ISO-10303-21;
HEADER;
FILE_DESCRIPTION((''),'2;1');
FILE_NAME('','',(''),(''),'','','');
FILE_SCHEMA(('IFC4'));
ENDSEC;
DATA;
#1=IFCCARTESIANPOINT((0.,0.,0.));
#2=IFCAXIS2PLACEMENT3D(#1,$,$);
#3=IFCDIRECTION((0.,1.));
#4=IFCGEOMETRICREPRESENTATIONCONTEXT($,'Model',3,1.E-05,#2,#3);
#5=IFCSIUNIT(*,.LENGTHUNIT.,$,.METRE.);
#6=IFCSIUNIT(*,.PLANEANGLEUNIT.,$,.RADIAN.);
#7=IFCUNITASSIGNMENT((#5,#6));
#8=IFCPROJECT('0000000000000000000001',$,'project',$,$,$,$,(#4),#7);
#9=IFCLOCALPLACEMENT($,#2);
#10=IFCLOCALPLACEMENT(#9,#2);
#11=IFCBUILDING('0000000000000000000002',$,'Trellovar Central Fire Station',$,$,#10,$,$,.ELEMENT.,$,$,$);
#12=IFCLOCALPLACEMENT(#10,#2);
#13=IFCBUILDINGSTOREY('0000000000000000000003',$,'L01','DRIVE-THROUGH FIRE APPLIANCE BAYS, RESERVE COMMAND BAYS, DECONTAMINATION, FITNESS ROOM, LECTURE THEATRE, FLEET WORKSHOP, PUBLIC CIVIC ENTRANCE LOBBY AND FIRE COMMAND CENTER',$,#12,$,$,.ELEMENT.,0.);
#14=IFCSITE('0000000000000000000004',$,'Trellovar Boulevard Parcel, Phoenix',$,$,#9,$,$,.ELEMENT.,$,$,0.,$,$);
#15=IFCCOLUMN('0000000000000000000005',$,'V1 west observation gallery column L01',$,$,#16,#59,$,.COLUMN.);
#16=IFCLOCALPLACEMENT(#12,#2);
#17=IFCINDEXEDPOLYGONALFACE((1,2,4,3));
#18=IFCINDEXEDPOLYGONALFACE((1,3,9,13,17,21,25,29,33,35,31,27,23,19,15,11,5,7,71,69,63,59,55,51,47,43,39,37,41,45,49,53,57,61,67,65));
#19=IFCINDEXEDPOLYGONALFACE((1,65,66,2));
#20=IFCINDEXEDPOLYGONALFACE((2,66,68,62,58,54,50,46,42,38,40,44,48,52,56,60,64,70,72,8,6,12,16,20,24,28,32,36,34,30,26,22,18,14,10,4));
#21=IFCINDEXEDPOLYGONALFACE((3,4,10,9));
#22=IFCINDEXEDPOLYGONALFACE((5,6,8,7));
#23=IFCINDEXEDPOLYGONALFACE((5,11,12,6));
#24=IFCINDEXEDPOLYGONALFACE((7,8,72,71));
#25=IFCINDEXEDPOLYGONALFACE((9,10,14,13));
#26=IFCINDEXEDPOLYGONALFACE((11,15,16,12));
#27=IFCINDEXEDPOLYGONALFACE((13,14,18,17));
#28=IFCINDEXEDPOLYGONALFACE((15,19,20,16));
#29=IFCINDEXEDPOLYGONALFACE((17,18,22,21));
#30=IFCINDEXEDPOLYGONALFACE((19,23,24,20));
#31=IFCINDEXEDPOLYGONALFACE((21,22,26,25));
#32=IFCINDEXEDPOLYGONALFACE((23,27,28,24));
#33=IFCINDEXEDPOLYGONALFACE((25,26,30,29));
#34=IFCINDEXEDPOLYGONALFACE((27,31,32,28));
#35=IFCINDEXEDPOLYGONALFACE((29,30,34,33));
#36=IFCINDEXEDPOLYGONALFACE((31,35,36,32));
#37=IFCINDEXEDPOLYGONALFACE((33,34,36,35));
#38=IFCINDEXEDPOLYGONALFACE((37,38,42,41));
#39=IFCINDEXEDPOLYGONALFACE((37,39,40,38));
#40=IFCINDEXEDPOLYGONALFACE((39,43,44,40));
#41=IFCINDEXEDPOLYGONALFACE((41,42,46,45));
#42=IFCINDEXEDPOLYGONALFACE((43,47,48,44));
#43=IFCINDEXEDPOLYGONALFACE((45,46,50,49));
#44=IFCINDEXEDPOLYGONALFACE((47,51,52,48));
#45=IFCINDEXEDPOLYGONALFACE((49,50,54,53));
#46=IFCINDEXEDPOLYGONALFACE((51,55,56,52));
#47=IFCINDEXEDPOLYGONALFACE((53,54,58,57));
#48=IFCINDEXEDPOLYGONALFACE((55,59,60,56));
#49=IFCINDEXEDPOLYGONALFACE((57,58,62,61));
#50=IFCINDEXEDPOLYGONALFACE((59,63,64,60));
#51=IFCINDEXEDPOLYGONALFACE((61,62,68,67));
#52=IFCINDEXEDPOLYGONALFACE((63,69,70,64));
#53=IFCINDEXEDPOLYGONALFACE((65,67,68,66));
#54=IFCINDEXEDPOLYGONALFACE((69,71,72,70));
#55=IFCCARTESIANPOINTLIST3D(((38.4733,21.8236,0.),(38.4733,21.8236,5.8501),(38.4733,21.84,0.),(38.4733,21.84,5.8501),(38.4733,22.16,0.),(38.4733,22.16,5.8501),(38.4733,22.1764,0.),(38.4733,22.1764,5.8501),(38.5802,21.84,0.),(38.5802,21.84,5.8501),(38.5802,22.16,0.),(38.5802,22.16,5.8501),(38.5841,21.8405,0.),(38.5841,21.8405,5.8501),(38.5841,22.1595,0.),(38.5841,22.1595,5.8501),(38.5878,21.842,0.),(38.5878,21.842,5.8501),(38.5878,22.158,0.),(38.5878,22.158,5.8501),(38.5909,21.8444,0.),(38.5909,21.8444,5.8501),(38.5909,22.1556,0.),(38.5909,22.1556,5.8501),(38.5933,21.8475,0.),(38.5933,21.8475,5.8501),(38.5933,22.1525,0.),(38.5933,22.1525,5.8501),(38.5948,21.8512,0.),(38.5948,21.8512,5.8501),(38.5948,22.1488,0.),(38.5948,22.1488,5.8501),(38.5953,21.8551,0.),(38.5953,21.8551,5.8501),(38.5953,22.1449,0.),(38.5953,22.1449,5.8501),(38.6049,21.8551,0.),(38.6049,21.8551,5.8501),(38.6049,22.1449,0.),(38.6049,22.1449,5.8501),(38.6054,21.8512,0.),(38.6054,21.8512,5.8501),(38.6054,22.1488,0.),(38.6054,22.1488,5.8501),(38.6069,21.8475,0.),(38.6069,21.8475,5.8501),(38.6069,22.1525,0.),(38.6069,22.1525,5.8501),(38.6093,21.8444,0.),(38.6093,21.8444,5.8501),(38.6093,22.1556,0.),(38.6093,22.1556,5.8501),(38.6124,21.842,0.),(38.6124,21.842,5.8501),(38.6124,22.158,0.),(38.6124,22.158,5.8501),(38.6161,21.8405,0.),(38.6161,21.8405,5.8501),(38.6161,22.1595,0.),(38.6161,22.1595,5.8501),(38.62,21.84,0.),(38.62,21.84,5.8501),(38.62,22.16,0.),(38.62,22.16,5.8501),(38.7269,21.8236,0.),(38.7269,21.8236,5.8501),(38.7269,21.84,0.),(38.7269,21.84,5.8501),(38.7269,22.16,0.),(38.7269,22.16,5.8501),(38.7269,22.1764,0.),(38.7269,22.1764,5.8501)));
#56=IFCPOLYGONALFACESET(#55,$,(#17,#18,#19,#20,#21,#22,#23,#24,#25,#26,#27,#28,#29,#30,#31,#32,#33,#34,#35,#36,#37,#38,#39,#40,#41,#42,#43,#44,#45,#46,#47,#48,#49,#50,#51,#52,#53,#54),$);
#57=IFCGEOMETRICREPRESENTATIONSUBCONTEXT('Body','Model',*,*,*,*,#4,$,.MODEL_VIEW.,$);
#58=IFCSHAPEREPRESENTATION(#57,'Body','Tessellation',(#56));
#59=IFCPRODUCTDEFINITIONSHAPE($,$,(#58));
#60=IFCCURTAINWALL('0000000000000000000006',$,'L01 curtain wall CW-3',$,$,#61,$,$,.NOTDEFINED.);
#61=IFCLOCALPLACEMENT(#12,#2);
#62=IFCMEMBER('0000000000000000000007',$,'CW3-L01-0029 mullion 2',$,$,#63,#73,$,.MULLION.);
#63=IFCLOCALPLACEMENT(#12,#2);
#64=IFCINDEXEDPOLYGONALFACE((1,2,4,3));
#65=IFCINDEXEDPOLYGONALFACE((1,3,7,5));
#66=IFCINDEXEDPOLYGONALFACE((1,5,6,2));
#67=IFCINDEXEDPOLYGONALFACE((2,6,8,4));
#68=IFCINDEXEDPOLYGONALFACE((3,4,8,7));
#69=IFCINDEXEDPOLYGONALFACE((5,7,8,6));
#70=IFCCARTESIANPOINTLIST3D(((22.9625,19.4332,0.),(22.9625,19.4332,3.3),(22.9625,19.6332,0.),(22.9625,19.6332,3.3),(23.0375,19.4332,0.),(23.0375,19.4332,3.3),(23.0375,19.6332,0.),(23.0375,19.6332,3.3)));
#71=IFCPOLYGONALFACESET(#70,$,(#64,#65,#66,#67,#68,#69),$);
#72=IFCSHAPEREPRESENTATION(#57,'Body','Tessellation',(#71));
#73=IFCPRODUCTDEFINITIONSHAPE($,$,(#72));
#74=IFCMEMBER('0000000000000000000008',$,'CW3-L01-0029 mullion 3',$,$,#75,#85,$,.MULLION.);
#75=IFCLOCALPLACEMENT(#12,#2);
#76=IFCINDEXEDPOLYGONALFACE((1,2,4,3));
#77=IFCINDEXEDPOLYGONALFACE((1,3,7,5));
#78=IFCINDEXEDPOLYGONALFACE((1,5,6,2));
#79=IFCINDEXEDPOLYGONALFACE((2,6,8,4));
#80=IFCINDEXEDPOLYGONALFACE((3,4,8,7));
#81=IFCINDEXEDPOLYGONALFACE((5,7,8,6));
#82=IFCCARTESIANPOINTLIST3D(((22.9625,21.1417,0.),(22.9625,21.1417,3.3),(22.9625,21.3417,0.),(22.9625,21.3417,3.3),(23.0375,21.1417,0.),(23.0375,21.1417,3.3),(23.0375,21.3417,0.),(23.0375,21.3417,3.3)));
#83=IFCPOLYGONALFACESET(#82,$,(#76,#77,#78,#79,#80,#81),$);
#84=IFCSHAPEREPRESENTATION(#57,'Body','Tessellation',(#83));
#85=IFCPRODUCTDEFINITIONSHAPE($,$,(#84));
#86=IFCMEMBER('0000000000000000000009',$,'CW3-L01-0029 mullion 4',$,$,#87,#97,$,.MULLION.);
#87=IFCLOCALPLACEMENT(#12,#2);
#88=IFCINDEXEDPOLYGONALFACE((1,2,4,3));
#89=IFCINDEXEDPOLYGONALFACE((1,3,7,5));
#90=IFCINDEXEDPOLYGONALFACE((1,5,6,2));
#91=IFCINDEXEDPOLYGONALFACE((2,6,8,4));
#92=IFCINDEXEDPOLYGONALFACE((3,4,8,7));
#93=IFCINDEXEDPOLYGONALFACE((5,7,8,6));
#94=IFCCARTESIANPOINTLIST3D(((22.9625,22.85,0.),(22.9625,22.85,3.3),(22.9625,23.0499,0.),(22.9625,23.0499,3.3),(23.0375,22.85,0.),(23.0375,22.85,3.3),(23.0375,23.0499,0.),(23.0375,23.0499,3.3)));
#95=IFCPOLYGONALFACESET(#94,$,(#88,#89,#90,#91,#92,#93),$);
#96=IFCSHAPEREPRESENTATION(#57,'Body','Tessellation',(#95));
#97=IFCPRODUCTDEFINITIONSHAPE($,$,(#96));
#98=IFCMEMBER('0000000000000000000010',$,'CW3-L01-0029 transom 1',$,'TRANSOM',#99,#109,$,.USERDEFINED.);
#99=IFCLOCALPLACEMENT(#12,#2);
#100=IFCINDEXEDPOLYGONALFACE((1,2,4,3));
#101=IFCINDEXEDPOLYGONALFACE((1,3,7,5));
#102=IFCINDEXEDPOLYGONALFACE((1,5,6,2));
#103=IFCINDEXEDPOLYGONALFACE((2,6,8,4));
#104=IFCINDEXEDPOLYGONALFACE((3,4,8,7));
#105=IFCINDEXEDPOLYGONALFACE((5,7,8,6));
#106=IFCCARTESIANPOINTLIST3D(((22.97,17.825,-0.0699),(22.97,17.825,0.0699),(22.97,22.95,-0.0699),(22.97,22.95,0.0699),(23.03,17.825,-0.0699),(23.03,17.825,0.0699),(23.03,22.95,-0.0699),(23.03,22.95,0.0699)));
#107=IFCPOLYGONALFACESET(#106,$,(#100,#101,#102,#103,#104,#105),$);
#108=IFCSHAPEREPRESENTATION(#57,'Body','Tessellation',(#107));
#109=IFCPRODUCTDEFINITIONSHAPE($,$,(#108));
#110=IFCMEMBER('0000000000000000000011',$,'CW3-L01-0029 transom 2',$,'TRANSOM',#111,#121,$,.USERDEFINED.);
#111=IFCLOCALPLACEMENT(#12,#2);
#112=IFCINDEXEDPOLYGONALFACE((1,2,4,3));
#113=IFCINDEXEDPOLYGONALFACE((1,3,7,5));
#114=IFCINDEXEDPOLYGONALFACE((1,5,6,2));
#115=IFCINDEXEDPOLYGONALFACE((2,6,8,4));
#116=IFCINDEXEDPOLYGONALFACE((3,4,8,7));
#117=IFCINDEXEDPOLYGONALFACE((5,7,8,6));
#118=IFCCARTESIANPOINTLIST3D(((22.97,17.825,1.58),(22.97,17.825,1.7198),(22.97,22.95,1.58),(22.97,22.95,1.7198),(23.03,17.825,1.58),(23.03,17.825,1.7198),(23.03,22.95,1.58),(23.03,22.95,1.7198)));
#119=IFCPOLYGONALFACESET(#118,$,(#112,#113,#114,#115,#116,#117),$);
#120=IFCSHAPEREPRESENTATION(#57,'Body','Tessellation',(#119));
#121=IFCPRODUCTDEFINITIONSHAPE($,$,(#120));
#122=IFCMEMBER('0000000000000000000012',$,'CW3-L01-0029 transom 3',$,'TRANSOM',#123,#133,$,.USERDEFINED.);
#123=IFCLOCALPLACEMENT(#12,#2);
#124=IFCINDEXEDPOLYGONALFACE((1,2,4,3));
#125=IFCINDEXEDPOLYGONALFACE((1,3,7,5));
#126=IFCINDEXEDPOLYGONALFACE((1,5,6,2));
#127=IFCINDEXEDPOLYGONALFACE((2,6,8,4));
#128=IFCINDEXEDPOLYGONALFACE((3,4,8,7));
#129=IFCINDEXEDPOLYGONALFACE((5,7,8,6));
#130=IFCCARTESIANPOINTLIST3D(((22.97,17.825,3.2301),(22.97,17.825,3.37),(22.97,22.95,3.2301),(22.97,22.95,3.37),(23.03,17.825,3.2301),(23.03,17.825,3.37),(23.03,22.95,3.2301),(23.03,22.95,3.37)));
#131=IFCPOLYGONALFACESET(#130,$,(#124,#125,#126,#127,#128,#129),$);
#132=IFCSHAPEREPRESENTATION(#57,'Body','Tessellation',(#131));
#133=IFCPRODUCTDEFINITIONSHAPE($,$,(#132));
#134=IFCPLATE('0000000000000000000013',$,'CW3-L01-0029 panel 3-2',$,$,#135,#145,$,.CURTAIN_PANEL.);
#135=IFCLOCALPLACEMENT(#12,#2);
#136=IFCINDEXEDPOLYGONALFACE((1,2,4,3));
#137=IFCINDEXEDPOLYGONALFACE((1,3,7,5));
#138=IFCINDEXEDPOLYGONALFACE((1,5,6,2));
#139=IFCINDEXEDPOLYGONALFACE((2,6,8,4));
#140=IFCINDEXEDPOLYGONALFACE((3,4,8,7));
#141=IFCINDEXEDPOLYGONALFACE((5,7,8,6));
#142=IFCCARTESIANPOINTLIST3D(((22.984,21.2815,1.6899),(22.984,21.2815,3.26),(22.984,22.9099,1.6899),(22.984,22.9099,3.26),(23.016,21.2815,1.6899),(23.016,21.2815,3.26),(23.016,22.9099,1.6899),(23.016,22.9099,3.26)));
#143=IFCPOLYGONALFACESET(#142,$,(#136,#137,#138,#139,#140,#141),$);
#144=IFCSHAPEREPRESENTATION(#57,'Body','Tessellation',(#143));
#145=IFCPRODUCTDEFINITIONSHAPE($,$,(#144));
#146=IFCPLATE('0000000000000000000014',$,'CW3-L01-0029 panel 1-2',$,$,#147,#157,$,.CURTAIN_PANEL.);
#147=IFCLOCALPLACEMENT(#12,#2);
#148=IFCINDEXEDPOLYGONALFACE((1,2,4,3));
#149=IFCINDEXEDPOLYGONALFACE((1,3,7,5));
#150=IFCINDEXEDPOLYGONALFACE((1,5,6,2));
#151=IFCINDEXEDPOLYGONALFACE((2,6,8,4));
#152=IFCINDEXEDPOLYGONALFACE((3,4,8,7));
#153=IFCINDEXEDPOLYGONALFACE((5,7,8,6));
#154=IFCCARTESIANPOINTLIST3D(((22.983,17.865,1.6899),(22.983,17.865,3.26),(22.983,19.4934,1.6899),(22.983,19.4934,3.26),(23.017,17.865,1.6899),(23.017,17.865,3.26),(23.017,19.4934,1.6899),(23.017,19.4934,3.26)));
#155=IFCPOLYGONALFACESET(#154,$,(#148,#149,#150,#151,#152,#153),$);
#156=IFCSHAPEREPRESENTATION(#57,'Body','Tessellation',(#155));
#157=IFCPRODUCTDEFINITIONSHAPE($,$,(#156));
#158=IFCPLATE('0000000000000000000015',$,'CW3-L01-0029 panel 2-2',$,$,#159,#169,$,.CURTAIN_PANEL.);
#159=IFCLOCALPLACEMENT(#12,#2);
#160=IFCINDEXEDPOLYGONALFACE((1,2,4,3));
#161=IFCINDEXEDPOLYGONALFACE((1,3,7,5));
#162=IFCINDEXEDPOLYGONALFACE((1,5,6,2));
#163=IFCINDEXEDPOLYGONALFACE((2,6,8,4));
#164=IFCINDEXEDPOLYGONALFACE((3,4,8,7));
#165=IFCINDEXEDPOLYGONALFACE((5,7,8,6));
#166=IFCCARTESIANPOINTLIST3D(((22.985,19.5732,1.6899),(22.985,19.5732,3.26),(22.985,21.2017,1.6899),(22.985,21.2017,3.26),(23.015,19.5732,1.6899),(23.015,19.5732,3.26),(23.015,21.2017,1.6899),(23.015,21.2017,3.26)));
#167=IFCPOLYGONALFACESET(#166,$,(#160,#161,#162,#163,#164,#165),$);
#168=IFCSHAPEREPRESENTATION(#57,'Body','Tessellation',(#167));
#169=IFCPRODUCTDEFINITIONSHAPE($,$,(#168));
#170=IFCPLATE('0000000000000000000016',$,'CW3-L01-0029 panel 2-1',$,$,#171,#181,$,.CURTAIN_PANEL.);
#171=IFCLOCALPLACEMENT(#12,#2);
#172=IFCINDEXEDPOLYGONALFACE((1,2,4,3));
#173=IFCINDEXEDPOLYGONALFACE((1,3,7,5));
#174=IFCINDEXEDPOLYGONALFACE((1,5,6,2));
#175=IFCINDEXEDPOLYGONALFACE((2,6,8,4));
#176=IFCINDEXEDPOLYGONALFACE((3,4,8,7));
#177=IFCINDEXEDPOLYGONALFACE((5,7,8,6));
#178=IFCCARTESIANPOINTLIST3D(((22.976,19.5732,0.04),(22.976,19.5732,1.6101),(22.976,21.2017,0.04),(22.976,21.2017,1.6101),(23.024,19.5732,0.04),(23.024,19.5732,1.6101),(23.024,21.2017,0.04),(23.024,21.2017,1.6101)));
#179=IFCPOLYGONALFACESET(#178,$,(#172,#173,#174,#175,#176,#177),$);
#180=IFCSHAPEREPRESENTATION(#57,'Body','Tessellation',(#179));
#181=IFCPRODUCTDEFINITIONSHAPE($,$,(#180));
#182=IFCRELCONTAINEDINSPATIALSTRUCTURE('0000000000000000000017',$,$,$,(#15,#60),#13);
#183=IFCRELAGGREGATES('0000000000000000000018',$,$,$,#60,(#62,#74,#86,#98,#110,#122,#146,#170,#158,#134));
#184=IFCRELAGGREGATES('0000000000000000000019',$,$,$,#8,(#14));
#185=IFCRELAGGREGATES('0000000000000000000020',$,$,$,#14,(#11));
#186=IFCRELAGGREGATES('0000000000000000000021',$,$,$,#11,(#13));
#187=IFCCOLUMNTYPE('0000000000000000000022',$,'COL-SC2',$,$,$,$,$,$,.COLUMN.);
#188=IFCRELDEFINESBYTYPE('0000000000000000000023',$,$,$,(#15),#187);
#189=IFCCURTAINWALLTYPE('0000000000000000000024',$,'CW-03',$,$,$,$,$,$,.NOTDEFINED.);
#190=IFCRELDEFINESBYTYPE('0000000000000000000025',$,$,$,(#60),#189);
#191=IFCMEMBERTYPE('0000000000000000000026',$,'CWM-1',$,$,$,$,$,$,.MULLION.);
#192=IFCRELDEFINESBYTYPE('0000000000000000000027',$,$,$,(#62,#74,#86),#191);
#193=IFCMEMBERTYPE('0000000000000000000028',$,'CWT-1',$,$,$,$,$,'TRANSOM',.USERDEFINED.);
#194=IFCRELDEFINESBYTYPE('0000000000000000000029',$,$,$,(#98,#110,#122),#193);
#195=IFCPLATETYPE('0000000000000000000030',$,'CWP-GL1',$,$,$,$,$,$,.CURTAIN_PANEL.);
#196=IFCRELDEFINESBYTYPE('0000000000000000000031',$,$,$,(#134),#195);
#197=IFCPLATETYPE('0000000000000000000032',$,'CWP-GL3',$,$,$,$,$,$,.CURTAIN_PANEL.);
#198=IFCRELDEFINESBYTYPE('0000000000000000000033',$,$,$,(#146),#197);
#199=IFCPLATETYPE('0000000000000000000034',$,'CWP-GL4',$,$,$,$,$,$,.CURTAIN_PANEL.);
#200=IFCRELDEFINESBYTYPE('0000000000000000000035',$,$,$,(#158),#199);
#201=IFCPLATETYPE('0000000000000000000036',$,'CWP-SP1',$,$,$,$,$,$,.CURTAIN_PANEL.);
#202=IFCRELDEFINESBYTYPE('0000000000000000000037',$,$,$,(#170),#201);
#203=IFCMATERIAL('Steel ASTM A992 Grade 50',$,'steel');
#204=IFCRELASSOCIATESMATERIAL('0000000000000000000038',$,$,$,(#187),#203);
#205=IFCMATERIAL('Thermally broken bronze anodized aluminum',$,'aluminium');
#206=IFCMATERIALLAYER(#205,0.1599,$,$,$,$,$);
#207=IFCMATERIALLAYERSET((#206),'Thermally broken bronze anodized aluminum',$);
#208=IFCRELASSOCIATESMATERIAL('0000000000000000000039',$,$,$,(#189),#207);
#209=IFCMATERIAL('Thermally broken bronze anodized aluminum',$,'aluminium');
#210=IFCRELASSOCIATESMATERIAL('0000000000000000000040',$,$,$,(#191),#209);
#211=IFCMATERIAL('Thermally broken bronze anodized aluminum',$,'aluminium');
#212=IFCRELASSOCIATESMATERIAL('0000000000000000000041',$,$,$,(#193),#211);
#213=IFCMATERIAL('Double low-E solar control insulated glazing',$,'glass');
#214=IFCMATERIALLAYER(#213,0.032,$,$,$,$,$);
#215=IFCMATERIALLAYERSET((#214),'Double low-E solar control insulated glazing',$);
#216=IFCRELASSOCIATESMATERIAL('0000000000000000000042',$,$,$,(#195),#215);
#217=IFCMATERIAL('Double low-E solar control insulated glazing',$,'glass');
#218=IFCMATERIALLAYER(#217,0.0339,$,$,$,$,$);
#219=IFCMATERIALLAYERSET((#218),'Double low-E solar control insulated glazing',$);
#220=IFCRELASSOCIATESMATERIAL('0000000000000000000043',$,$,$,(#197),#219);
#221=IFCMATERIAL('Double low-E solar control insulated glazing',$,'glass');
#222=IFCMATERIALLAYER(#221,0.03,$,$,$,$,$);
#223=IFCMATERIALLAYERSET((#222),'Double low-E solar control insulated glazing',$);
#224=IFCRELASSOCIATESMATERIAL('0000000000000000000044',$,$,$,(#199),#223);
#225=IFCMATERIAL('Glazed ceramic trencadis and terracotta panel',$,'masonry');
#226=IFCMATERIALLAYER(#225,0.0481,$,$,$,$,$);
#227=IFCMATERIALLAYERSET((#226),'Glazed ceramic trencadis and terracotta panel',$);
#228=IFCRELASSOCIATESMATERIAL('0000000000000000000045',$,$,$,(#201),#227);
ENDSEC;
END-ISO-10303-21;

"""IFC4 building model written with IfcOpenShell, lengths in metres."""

from ifc_helpers import new_model, si_unit, direction, frame, origin, origin_2d, place, context, subcontext, project, spatial, rectangle, i_section, extrude, material, layer, layer_set, material_profile, profile_set, type_object, element, aggregate, save


model = new_model("IFC4")

# Units and contexts
model_context = context("Model", 3, precision=1e-05, world=origin(), true_north=direction((0.0, 1.0)))
body_context = subcontext(model_context, "Body", "Model", "MODEL_VIEW")
ifc_project = project(units=[si_unit("LENGTHUNIT", "METRE"), si_unit("PLANEANGLEUNIT", "RADIAN")], contexts=[model_context])

# Site, building, storey
site_placement = place(None, origin())
site = spatial("IfcSite", under=ifc_project, at=site_placement, Name="Trellovar Boulevard Parcel, Phoenix", CompositionType="ELEMENT", RefElevation=0.0)
building_placement = place(site_placement, origin())
building = spatial("IfcBuilding", under=site, at=building_placement, Name="Trellovar Central Fire Station", CompositionType="ELEMENT")
storey_placement = place(building_placement, origin())
storey = spatial("IfcBuildingStorey", under=building, at=storey_placement, Name="L01", Description="DRIVE-THROUGH FIRE APPLIANCE BAYS, RESERVE COMMAND BAYS, DECONTAMINATION, FITNESS ROOM, LECTURE THEATRE, FLEET WORKSHOP, PUBLIC CIVIC ENTRANCE LOBBY AND FIRE COMMAND CENTER", CompositionType="ELEMENT", Elevation=0.0)

# Column
ifc_material_1 = material(Name="Steel ASTM A992 Grade 50", Category="steel")
ifc_material_profile_1 = material_profile(ifc_material_1, i_section(OverallWidth=0.2537, OverallDepth=0.3528, WebThickness=0.0095, FlangeThickness=0.0164, FilletRadius=0.0151, at=origin_2d()), Name="W14X61")
ifc_profile_set_1 = profile_set([ifc_material_profile_1], Name="Steel ASTM A992 Grade 50")
column_type_1 = type_object("IfcColumnType", Name="COL-SC2", PredefinedType="COLUMN", material=ifc_profile_set_1)
column_1_placement = place(storey_placement, frame((38.6001, 22.0, 0.0), z_axis=(0.0, 0.0, 1.0), x_axis=(1.0, 0.0, 0.0)))
element("IfcColumn", 1, at=column_1_placement, inside=storey, type_object=column_type_1, Name="V1 west observation gallery column L01", PredefinedType="COLUMN", context=body_context, shape_type="SweptSolid", body=[
    extrude(i_section(OverallWidth=0.2537, OverallDepth=0.3528, WebThickness=0.0095, FlangeThickness=0.0164, FilletRadius=0.0151, at=origin_2d()), origin(), (0.0, 0.0, 1.0), 5.8501),
])

# Curtain wall, members, plates
ifc_material_2 = material(Name="Thermally broken bronze anodized aluminum", Category="aluminium")
ifc_layer_1 = layer(ifc_material_2, 0.1599)
ifc_layer_set_1 = layer_set([ifc_layer_1], Name="Thermally broken bronze anodized aluminum")
curtain_wall_type = type_object("IfcCurtainWallType", Name="CW-03", PredefinedType="NOTDEFINED", material=ifc_layer_set_1)
curtain_wall_placement = place(storey_placement, origin())
curtain_wall = element("IfcCurtainWall", 2, at=curtain_wall_placement, inside=storey, type_object=curtain_wall_type, Name="L01 curtain wall CW-3", PredefinedType="NOTDEFINED")
ifc_material_3 = material(Name="Thermally broken bronze anodized aluminum", Category="aluminium")
ifc_material_profile_2 = material_profile(ifc_material_3, rectangle(XDim=0.075, YDim=0.2, at=origin_2d()), Name="ALU75X200")
ifc_profile_set_2 = profile_set([ifc_material_profile_2], Name="Thermally broken bronze anodized aluminum")
member_type_1 = type_object("IfcMemberType", Name="CWM-1", PredefinedType="MULLION", material=ifc_profile_set_2)
member_1_placement = place(storey_placement, frame((23.0, 19.5332, 0.0), z_axis=(0.0, 0.0, 1.0), x_axis=(1.0, 0.0, 0.0)))
member_1 = element("IfcMember", 3, at=member_1_placement, type_object=member_type_1, Name="CW3-L01-0029 mullion 2", PredefinedType="MULLION", context=body_context, shape_type="SweptSolid", body=[
    extrude(rectangle(XDim=0.075, YDim=0.2, at=origin_2d()), origin(), (0.0, 0.0, 1.0), 3.3),
])
member_2_placement = place(storey_placement, frame((23.0, 21.2417, 0.0), z_axis=(0.0, 0.0, 1.0), x_axis=(1.0, 0.0, 0.0)))
member_2 = element("IfcMember", 4, at=member_2_placement, type_object=member_type_1, Name="CW3-L01-0029 mullion 3", PredefinedType="MULLION", context=body_context, shape_type="SweptSolid", body=[
    extrude(rectangle(XDim=0.075, YDim=0.2, at=origin_2d()), origin(), (0.0, 0.0, 1.0), 3.3),
])
member_3_placement = place(storey_placement, frame((23.0, 22.95, 0.0), z_axis=(0.0, 0.0, 1.0), x_axis=(1.0, 0.0, 0.0)))
member_3 = element("IfcMember", 5, at=member_3_placement, type_object=member_type_1, Name="CW3-L01-0029 mullion 4", PredefinedType="MULLION", context=body_context, shape_type="SweptSolid", body=[
    extrude(rectangle(XDim=0.075, YDim=0.2, at=origin_2d()), origin(), (0.0, 0.0, 1.0), 3.3),
])
ifc_material_4 = material(Name="Thermally broken bronze anodized aluminum", Category="aluminium")
ifc_material_profile_3 = material_profile(ifc_material_4, rectangle(XDim=0.0601, YDim=0.1399, at=origin_2d()), Name="ALU60X140")
ifc_profile_set_3 = profile_set([ifc_material_profile_3], Name="Thermally broken bronze anodized aluminum")
member_type_2 = type_object("IfcMemberType", Name="CWT-1", ElementType="TRANSOM", PredefinedType="USERDEFINED", material=ifc_profile_set_3)
member_4_placement = place(storey_placement, frame((23.0, 17.825, 0.0), z_axis=(0.0, 1.0, 0.0), x_axis=(-1.0, 0.0, 0.0)))
member_4 = element("IfcMember", 6, at=member_4_placement, type_object=member_type_2, Name="CW3-L01-0029 transom 1", ObjectType="TRANSOM", PredefinedType="USERDEFINED", context=body_context, shape_type="SweptSolid", body=[
    extrude(rectangle(XDim=0.0601, YDim=0.1399, at=origin_2d()), origin(), (0.0, 0.0, 1.0), 5.125),
])
member_5_placement = place(storey_placement, frame((23.0, 17.825, 1.6499), z_axis=(0.0, 1.0, 0.0), x_axis=(-1.0, 0.0, 0.0)))
member_5 = element("IfcMember", 7, at=member_5_placement, type_object=member_type_2, Name="CW3-L01-0029 transom 2", ObjectType="TRANSOM", PredefinedType="USERDEFINED", context=body_context, shape_type="SweptSolid", body=[
    extrude(rectangle(XDim=0.0601, YDim=0.1399, at=origin_2d()), origin(), (0.0, 0.0, 1.0), 5.125),
])
member_6_placement = place(storey_placement, frame((23.0, 17.825, 3.3), z_axis=(0.0, 1.0, 0.0), x_axis=(-1.0, 0.0, 0.0)))
member_6 = element("IfcMember", 8, at=member_6_placement, type_object=member_type_2, Name="CW3-L01-0029 transom 3", ObjectType="TRANSOM", PredefinedType="USERDEFINED", context=body_context, shape_type="SweptSolid", body=[
    extrude(rectangle(XDim=0.0601, YDim=0.1399, at=origin_2d()), origin(), (0.0, 0.0, 1.0), 5.125),
])
ifc_material_5 = material(Name="Double low-E solar control insulated glazing", Category="glass")
ifc_layer_2 = layer(ifc_material_5, 0.032)
ifc_layer_set_2 = layer_set([ifc_layer_2], Name="Double low-E solar control insulated glazing")
plate_type_1 = type_object("IfcPlateType", Name="CWP-GL1", PredefinedType="CURTAIN_PANEL", material=ifc_layer_set_2)
plate_1_placement = place(storey_placement, frame((23.0, 22.0957, 1.6899), z_axis=(0.0, 0.0, 1.0), x_axis=(0.0, 1.0, 0.0)))
plate_1 = element("IfcPlate", 9, at=plate_1_placement, type_object=plate_type_1, Name="CW3-L01-0029 panel 3-2", PredefinedType="CURTAIN_PANEL", context=body_context, shape_type="SweptSolid", body=[
    extrude(rectangle(XDim=1.6284, YDim=0.032, at=origin_2d()), origin(), (0.0, 0.0, 1.0), 1.5701),
])
ifc_material_6 = material(Name="Double low-E solar control insulated glazing", Category="glass")
ifc_layer_3 = layer(ifc_material_6, 0.0339)
ifc_layer_set_3 = layer_set([ifc_layer_3], Name="Double low-E solar control insulated glazing")
plate_type_2 = type_object("IfcPlateType", Name="CWP-GL3", PredefinedType="CURTAIN_PANEL", material=ifc_layer_set_3)
plate_2_placement = place(storey_placement, frame((23.0, 18.6792, 1.6899), z_axis=(0.0, 0.0, 1.0), x_axis=(0.0, 1.0, 0.0)))
plate_2 = element("IfcPlate", 10, at=plate_2_placement, type_object=plate_type_2, Name="CW3-L01-0029 panel 1-2", PredefinedType="CURTAIN_PANEL", context=body_context, shape_type="SweptSolid", body=[
    extrude(rectangle(XDim=1.6284, YDim=0.0339, at=origin_2d()), origin(), (0.0, 0.0, 1.0), 1.5701),
])
ifc_material_7 = material(Name="Double low-E solar control insulated glazing", Category="glass")
ifc_layer_4 = layer(ifc_material_7, 0.03)
ifc_layer_set_4 = layer_set([ifc_layer_4], Name="Double low-E solar control insulated glazing")
plate_type_3 = type_object("IfcPlateType", Name="CWP-GL4", PredefinedType="CURTAIN_PANEL", material=ifc_layer_set_4)
plate_3_placement = place(storey_placement, frame((23.0, 20.3875, 1.6899), z_axis=(0.0, 0.0, 1.0), x_axis=(0.0, 1.0, 0.0)))
plate_3 = element("IfcPlate", 11, at=plate_3_placement, type_object=plate_type_3, Name="CW3-L01-0029 panel 2-2", PredefinedType="CURTAIN_PANEL", context=body_context, shape_type="SweptSolid", body=[
    extrude(rectangle(XDim=1.6284, YDim=0.03, at=origin_2d()), origin(), (0.0, 0.0, 1.0), 1.5701),
])
ifc_material_8 = material(Name="Glazed ceramic trencadis and terracotta panel", Category="masonry")
ifc_layer_5 = layer(ifc_material_8, 0.0481)
ifc_layer_set_5 = layer_set([ifc_layer_5], Name="Glazed ceramic trencadis and terracotta panel")
plate_type_4 = type_object("IfcPlateType", Name="CWP-SP1", PredefinedType="CURTAIN_PANEL", material=ifc_layer_set_5)
plate_4_placement = place(storey_placement, frame((23.0, 20.3875, 0.04), z_axis=(0.0, 0.0, 1.0), x_axis=(0.0, 1.0, 0.0)))
plate_4 = element("IfcPlate", 12, at=plate_4_placement, type_object=plate_type_4, Name="CW3-L01-0029 panel 2-1", PredefinedType="CURTAIN_PANEL", context=body_context, shape_type="SweptSolid", body=[
    extrude(rectangle(XDim=1.6284, YDim=0.0481, at=origin_2d()), origin(), (0.0, 0.0, 1.0), 1.5701),
])
aggregate(curtain_wall, [member_1, member_2, member_3, member_4, member_5, member_6, plate_2, plate_4, plate_3, plate_1])

save(model, "model.ifc")
